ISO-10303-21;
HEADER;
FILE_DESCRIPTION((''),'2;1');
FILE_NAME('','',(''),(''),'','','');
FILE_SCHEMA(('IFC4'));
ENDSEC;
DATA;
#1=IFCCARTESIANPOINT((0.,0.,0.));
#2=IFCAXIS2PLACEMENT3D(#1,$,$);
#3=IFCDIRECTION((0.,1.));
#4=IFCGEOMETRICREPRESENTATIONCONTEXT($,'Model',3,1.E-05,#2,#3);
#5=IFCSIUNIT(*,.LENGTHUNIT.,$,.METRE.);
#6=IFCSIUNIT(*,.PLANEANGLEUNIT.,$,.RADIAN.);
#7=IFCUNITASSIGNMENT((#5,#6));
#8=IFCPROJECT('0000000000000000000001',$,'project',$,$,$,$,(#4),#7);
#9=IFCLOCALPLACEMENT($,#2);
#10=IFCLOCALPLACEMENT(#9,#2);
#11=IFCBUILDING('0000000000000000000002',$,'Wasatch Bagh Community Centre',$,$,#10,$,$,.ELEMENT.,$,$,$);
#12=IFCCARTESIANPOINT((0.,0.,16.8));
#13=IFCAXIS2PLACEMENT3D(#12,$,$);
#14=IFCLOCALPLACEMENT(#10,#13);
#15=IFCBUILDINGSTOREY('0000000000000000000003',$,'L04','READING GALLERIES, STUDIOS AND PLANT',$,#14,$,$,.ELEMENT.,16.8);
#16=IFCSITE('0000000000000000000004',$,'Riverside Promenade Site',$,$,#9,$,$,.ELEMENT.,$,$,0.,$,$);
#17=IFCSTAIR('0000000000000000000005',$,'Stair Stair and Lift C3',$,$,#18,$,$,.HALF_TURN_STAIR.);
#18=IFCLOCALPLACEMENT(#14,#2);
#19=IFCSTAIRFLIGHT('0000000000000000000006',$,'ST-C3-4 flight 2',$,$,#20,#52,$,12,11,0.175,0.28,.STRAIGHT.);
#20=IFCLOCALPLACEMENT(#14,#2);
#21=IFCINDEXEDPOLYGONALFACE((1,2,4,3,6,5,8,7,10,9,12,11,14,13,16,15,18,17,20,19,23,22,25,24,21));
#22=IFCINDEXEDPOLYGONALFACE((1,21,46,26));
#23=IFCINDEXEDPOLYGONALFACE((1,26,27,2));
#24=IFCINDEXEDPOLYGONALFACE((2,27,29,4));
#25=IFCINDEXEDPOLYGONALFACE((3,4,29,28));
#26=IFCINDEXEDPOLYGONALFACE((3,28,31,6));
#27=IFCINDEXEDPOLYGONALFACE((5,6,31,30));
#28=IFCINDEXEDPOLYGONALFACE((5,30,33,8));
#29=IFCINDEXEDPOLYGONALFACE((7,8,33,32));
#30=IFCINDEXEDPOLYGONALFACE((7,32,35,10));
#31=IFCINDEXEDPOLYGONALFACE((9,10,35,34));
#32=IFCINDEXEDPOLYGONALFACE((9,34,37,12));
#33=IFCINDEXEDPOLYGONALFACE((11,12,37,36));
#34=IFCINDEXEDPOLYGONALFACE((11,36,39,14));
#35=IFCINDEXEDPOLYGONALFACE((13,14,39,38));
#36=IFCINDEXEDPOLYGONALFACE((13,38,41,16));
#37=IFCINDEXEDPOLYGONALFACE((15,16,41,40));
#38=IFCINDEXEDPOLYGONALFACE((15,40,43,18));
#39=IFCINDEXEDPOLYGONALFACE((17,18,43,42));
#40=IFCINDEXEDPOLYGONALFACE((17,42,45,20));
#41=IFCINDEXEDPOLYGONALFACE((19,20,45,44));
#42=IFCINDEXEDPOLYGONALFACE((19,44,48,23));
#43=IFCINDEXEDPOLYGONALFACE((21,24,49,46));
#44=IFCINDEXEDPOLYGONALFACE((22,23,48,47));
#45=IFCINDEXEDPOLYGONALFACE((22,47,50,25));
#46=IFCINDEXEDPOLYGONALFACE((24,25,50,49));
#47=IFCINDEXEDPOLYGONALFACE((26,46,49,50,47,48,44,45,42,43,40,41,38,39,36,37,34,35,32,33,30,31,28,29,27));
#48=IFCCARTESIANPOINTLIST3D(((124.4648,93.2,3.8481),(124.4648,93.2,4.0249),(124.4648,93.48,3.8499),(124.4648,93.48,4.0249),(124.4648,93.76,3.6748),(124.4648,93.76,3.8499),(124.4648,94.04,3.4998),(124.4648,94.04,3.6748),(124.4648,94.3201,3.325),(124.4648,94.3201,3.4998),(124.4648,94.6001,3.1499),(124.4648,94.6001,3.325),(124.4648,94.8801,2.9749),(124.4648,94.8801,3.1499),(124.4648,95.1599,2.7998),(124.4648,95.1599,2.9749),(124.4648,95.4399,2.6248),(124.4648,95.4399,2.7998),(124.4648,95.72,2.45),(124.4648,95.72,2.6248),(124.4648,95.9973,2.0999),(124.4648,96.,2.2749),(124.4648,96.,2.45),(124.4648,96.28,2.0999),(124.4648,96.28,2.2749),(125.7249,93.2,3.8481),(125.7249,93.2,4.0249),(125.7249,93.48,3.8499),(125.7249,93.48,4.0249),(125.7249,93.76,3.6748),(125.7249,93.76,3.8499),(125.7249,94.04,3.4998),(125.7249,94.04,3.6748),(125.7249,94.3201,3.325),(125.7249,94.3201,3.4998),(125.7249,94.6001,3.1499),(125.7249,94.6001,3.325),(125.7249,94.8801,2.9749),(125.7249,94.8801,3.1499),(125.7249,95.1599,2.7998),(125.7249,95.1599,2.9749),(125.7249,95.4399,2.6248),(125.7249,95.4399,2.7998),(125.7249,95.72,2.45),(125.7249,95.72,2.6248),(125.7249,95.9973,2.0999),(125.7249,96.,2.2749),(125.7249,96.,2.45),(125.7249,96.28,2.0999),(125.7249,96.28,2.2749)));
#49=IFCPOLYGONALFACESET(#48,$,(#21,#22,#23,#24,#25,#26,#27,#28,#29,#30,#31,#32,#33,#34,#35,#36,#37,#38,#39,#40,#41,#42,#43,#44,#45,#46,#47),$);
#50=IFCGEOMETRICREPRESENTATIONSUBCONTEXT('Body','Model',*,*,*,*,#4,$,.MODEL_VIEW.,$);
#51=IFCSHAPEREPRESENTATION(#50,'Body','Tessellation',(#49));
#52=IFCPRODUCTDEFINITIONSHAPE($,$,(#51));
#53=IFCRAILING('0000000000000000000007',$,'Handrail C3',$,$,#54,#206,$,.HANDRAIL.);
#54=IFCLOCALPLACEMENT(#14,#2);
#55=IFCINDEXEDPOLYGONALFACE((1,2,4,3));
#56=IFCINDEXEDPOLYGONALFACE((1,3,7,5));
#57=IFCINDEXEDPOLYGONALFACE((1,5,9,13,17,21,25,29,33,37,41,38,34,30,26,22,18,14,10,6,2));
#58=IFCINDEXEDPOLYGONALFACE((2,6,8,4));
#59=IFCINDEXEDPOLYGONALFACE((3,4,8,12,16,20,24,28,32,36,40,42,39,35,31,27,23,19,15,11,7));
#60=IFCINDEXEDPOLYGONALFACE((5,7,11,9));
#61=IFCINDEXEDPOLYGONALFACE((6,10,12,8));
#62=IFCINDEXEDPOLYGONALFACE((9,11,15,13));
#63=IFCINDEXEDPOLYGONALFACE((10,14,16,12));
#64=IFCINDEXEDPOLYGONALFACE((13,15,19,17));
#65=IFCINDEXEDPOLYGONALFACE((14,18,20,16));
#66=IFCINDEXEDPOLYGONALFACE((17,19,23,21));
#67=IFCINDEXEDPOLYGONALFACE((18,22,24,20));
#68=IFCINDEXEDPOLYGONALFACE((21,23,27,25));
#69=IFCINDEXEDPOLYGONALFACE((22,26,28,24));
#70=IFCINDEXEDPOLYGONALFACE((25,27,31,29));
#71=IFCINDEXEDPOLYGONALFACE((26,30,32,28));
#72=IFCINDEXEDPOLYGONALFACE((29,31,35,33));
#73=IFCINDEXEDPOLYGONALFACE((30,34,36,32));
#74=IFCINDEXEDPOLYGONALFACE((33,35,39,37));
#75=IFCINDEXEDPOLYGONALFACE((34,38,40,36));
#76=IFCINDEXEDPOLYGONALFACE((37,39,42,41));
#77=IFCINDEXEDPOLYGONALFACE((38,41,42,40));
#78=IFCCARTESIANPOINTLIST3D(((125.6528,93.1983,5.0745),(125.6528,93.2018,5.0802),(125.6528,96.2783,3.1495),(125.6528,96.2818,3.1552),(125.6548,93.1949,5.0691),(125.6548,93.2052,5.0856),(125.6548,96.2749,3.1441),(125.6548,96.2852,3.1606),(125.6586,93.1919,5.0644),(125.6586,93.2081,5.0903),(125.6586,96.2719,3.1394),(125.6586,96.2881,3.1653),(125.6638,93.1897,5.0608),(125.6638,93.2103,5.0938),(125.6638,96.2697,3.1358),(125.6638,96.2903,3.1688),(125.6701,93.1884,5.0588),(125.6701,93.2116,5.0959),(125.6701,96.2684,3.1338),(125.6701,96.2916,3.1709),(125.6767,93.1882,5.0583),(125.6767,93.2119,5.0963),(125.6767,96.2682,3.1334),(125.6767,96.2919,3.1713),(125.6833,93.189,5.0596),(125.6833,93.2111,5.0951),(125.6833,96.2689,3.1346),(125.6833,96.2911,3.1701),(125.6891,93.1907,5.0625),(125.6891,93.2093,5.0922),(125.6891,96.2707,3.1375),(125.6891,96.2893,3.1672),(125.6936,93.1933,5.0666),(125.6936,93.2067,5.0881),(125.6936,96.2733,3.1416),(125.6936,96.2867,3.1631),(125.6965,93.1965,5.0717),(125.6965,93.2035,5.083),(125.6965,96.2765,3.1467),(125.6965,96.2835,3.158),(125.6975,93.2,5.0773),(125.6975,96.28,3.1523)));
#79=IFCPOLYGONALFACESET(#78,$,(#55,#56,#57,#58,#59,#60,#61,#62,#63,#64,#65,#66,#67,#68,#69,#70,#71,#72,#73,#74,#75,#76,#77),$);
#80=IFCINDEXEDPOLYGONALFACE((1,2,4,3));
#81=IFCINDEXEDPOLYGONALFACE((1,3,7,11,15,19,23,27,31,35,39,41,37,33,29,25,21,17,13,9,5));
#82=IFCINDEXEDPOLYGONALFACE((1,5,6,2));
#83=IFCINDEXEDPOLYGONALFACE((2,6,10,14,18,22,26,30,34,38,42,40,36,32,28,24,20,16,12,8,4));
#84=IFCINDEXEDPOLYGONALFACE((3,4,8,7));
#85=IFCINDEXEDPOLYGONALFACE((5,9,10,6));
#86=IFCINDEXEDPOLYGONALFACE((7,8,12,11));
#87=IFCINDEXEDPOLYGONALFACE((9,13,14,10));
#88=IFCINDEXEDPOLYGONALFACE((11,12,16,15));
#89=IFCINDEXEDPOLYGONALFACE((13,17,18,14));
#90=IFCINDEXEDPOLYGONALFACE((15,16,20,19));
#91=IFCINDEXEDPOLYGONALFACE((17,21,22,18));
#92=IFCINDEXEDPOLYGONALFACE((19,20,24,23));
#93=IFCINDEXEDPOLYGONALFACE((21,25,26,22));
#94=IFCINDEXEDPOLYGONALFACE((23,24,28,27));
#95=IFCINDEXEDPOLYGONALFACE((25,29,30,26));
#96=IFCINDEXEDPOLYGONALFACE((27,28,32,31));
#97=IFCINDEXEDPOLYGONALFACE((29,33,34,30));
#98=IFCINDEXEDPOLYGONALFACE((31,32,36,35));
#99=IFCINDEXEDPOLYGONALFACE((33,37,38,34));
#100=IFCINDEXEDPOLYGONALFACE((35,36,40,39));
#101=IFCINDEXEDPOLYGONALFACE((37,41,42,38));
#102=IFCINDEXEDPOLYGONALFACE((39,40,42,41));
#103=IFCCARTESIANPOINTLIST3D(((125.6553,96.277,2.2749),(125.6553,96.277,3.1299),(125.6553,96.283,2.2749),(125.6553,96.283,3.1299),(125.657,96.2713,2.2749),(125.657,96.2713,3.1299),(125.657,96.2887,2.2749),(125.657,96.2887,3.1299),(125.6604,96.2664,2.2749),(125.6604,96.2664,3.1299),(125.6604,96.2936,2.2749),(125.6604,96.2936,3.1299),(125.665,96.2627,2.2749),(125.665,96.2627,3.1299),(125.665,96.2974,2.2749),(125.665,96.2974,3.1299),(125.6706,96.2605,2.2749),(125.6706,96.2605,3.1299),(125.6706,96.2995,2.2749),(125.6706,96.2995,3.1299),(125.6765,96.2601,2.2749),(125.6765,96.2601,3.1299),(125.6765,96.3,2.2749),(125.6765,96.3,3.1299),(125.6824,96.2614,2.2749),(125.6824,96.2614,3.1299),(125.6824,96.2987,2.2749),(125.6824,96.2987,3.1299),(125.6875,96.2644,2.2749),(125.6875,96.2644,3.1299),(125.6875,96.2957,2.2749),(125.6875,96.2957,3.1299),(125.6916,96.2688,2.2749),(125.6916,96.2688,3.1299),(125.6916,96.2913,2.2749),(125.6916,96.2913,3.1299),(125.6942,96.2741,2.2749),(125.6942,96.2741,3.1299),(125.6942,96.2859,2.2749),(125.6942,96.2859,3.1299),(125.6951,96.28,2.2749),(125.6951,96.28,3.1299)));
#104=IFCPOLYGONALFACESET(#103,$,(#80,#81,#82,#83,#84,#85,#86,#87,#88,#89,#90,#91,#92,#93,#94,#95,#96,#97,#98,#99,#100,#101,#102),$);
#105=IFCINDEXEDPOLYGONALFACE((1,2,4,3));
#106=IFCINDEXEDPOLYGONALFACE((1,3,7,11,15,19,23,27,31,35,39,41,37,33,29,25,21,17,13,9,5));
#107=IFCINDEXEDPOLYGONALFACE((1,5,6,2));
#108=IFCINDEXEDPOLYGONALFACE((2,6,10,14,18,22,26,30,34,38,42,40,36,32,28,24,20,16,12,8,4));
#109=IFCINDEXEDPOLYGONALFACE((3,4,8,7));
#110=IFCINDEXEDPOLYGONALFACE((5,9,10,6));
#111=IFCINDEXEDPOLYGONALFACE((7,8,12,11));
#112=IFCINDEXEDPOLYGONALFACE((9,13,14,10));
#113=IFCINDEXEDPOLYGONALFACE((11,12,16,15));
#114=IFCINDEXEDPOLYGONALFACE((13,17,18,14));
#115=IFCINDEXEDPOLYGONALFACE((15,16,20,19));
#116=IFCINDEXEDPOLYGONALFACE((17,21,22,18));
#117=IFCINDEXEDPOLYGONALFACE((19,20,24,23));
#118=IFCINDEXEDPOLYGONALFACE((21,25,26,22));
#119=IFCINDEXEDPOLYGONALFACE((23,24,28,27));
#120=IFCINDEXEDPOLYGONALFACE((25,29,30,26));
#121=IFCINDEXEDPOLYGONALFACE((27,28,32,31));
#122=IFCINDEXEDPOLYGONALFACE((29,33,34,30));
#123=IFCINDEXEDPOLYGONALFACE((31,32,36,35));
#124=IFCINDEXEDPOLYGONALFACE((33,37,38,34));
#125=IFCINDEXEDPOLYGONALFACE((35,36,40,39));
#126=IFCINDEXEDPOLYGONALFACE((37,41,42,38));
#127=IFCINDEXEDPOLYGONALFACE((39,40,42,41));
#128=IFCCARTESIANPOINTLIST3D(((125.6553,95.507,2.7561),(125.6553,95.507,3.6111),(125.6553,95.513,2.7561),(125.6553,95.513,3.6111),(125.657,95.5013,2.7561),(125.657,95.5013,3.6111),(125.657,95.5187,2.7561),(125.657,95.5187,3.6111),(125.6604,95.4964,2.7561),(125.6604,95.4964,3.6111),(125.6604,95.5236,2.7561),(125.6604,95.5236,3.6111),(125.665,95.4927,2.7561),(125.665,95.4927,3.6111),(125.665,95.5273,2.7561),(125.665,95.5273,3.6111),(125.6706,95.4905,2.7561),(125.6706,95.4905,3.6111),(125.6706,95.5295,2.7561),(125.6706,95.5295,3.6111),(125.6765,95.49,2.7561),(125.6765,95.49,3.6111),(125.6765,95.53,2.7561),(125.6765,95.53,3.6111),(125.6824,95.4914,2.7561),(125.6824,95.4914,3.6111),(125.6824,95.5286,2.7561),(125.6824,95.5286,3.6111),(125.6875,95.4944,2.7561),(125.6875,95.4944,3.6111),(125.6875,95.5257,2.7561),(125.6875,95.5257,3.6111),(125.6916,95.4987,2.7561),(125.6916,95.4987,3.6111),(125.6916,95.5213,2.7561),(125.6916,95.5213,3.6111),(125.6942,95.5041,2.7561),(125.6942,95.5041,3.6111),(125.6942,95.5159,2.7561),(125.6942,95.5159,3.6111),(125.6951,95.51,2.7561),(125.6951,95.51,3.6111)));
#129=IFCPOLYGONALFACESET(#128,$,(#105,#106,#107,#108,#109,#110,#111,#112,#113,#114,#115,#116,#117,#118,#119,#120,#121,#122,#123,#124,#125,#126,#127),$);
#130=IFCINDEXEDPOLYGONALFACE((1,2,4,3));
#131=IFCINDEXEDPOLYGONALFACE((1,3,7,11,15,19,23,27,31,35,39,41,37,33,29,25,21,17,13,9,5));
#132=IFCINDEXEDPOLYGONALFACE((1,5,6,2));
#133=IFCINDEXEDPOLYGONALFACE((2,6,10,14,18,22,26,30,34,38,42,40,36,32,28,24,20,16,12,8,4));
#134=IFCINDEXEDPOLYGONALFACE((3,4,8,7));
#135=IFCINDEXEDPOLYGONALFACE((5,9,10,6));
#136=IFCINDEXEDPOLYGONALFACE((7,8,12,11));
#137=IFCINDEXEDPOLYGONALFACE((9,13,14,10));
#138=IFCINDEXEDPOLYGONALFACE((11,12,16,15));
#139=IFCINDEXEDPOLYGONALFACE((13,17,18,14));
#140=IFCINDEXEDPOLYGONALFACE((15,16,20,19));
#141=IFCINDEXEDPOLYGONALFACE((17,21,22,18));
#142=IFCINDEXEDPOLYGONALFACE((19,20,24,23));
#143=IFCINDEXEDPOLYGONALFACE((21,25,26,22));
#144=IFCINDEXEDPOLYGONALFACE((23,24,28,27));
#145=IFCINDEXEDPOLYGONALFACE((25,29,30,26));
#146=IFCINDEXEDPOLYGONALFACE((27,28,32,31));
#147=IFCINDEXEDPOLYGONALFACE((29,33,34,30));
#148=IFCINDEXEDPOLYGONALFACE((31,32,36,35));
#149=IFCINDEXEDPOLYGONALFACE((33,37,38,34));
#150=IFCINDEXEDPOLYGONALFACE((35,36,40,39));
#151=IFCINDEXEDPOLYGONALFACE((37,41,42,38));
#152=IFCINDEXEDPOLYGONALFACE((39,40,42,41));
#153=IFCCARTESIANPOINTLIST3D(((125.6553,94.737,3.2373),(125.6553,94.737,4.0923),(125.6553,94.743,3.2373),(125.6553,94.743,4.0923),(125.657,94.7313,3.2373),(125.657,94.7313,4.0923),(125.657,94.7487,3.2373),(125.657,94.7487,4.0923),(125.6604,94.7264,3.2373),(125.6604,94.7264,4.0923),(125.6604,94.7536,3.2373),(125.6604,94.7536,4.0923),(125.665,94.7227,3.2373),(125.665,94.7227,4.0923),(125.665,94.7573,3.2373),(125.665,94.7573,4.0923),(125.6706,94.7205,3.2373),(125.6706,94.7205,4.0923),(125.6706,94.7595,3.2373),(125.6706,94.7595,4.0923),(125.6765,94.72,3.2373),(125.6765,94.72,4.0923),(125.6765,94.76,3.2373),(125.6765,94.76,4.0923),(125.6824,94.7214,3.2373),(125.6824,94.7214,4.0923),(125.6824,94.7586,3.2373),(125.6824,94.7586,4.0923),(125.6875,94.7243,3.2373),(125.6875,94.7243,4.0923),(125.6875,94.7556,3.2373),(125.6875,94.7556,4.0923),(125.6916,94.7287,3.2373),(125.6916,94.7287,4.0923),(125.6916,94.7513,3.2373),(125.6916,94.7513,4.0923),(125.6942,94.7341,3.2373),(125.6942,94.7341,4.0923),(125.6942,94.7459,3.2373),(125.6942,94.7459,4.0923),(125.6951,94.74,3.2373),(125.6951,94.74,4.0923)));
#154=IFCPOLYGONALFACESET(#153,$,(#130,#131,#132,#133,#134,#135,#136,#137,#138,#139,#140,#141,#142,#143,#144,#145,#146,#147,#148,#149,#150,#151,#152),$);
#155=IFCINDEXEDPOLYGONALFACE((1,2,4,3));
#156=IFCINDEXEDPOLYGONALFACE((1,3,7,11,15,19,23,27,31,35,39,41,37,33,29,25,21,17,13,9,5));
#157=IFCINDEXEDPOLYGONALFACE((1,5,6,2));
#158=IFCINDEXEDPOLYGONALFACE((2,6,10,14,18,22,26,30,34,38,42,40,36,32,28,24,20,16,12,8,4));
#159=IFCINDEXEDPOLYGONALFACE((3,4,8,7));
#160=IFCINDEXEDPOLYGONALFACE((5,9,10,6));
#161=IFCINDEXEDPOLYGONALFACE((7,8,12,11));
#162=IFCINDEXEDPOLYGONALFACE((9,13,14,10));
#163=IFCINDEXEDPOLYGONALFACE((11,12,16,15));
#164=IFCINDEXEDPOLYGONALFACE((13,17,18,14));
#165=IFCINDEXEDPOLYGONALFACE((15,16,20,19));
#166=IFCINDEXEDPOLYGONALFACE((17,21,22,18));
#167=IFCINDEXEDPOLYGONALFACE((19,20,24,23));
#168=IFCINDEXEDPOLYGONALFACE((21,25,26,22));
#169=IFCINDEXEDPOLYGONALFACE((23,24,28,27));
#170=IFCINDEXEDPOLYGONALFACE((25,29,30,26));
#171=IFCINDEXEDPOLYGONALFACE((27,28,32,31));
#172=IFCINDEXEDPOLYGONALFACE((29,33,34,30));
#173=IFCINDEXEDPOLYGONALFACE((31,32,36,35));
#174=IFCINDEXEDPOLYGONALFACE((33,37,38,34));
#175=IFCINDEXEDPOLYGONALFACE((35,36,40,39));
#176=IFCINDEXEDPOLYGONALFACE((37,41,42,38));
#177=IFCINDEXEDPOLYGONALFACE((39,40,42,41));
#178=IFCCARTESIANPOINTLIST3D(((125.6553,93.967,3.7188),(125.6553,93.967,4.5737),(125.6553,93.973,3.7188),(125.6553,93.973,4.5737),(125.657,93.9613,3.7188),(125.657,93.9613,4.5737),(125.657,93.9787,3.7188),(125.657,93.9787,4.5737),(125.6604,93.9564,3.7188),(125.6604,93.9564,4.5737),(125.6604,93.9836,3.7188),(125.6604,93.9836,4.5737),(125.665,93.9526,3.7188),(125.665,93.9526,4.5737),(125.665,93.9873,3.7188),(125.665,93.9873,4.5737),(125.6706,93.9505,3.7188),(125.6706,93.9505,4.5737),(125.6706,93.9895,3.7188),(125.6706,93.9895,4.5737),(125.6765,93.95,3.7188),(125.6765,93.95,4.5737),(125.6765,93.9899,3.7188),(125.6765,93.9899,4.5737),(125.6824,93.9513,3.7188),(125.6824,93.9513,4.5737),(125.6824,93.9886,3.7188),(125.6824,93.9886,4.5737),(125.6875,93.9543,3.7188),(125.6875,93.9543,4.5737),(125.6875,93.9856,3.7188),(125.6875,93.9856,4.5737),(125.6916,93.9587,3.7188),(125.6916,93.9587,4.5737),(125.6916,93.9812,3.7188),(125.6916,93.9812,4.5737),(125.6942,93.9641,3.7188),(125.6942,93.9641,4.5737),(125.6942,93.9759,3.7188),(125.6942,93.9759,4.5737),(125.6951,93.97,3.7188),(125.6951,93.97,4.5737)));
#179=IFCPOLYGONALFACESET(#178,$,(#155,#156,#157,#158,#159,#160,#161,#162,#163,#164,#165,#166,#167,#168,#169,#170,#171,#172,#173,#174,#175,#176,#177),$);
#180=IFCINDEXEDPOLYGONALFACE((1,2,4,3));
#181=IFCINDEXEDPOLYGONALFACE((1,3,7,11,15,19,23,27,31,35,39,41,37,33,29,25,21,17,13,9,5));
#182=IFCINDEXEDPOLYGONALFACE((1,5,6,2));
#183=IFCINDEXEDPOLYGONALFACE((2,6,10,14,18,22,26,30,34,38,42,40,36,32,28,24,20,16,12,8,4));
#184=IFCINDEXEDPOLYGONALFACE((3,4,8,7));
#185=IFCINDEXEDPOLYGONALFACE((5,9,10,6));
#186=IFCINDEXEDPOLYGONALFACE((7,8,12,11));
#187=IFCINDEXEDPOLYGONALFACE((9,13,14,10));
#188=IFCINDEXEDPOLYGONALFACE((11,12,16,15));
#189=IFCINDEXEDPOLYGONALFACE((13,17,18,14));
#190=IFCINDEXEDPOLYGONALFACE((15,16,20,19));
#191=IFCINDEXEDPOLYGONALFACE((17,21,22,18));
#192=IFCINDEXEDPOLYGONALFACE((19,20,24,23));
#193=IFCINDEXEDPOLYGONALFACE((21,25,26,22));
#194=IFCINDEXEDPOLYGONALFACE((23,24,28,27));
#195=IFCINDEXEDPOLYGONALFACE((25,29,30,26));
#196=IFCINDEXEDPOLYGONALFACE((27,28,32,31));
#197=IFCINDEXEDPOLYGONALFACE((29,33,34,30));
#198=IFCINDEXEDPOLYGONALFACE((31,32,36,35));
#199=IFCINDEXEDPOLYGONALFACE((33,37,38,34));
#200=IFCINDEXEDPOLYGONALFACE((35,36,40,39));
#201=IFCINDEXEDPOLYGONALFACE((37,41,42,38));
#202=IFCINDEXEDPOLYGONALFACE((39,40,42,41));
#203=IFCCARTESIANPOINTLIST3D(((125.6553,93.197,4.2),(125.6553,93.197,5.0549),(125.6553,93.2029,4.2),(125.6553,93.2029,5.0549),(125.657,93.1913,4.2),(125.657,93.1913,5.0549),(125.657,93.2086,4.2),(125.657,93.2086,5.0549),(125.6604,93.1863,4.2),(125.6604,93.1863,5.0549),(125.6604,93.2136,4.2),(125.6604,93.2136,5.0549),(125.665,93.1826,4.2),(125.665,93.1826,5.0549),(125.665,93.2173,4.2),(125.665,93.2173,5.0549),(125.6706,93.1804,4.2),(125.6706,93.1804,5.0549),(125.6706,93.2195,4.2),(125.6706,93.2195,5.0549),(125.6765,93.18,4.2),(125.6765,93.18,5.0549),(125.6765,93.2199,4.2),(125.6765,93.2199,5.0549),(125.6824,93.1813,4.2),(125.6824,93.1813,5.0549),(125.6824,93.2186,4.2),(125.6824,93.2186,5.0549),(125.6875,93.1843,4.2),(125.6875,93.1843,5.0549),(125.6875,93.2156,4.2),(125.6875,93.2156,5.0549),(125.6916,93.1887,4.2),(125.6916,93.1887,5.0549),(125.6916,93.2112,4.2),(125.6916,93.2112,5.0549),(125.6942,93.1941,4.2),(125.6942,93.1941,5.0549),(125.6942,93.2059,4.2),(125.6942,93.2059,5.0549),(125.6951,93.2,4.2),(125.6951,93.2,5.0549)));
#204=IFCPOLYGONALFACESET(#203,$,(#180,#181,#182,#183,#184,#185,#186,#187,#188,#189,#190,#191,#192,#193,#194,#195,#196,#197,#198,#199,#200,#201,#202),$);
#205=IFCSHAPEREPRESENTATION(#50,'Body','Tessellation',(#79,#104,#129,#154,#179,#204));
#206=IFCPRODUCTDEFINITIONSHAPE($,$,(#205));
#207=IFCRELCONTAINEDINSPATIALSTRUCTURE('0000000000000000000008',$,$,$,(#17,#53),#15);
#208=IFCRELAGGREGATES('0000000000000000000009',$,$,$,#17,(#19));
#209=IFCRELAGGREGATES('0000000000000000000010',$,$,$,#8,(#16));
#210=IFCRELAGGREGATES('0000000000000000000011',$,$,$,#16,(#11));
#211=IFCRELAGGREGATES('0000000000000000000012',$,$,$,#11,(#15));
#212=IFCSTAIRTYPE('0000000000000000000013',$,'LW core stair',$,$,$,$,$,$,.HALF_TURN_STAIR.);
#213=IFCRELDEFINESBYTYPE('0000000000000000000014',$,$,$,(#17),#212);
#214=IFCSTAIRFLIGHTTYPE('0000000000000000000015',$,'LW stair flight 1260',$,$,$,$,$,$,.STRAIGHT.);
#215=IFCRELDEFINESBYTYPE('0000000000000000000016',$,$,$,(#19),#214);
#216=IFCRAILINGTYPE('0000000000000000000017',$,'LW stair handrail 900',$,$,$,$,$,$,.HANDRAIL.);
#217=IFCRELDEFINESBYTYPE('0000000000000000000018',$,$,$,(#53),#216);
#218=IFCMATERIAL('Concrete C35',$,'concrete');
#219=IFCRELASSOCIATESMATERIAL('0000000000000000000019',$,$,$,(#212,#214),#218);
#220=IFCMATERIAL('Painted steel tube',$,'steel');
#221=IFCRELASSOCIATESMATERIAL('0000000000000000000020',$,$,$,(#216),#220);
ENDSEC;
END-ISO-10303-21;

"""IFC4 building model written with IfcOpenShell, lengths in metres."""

from ifc_helpers import new_model, si_unit, direction, frame, origin, origin_2d, place, context, subcontext, project, spatial, polyline, circle, outline, extrude, material, type_object, element, aggregate, save


model = new_model("IFC4")

# Units and contexts
model_context = context("Model", 3, precision=1e-05, world=origin(), true_north=direction((0.0, 1.0)))
body_context = subcontext(model_context, "Body", "Model", "MODEL_VIEW")
ifc_project = project(units=[si_unit("LENGTHUNIT", "METRE"), si_unit("PLANEANGLEUNIT", "RADIAN")], contexts=[model_context])

# Site, building, storey
site_placement = place(None, origin())
site = spatial("IfcSite", under=ifc_project, at=site_placement, Name="Riverside Promenade Site", CompositionType="ELEMENT", RefElevation=0.0)
building_placement = place(site_placement, origin())
building = spatial("IfcBuilding", under=site, at=building_placement, Name="Wasatch Bagh Community Centre", CompositionType="ELEMENT")
storey_placement = place(building_placement, frame((0.0, 0.0, 16.8)))
storey = spatial("IfcBuildingStorey", under=building, at=storey_placement, Name="L04", Description="READING GALLERIES, STUDIOS AND PLANT", CompositionType="ELEMENT", Elevation=16.8)

# Shared definitions
ifc_material_1 = material(Name="Concrete C35", Category="concrete")

# Stair, stair flight
stair_type = type_object("IfcStairType", Name="LW core stair", PredefinedType="HALF_TURN_STAIR", material=ifc_material_1)
stair_placement = place(storey_placement, origin())
stair = element("IfcStair", 1, at=stair_placement, inside=storey, type_object=stair_type, Name="Stair Stair and Lift C3", PredefinedType="HALF_TURN_STAIR")
stair_flight_type = type_object("IfcStairFlightType", Name="LW stair flight 1260", PredefinedType="STRAIGHT", material=ifc_material_1)
stair_flight_placement = place(storey_placement, frame((125.095, 96.28, 2.0999), z_axis=(0.0, 0.0, 1.0), x_axis=(0.0, -1.0, 0.0)))
stair_flight = element("IfcStairFlight", 2, at=stair_flight_placement, type_object=stair_flight_type, Name="ST-C3-4 flight 2", NumberOfRisers=12, NumberOfTreads=11, PredefinedType="STRAIGHT", RiserHeight=0.175, TreadLength=0.28, context=body_context, shape_type="SweptSolid", body=[
    extrude(outline(polyline([(0.0, 0.0), (0.0, 0.175), (0.28, 0.175), (0.28, 0.3501), (0.5601, 0.3501), (0.5601, 0.5249), (0.8401, 0.5249), (0.8401, 0.7), (1.1201, 0.7), (1.1201, 0.875), (1.3999, 0.875), (1.3999, 1.05), (1.6799, 1.05), (1.6799, 1.2251), (1.96, 1.2251), (1.96, 1.3999), (2.24, 1.3999), (2.24, 1.575), (2.52, 1.575), (2.52, 1.75), (2.8, 1.75), (2.8, 1.925), (3.0801, 1.925), (3.0801, 2.1001), (3.0801, 1.7483), (0.2827, 0.0), (0.0, 0.0)])), frame((0.0, 0.6299, 0.0), z_axis=(0.0, -1.0, 0.0), x_axis=(1.0, 0.0, 0.0)), (0.0, 0.0, 1.0), 1.26),
])
aggregate(stair, [stair_flight])

# Railing
ifc_material_2 = material(Name="Painted steel tube", Category="steel")
railing_type = type_object("IfcRailingType", Name="LW stair handrail 900", PredefinedType="HANDRAIL", material=ifc_material_2)
railing_placement = place(storey_placement, frame((125.675, 96.28, 2.2749)))
element("IfcRailing", 3, at=railing_placement, inside=storey, type_object=railing_type, Name="Handrail C3", PredefinedType="HANDRAIL", context=body_context, shape_type="SweptSolid", body=[
    extrude(circle(Radius=0.0225, at=origin_2d()), frame((0.0, 0.0, 0.8774), z_axis=(0.0, -0.847998, 0.529999), x_axis=(1.0, 0.0, 0.0)), (0.0, 0.0, 1.0), 3.6321),
    extrude(circle(Radius=0.02, at=origin_2d()), origin(), (0.0, 0.0, 1.0), 0.855),
    extrude(circle(Radius=0.02, at=origin_2d()), frame((0.0, -0.77, 0.4812)), (0.0, 0.0, 1.0), 0.855),
    extrude(circle(Radius=0.02, at=origin_2d()), frame((0.0, -1.54, 0.9624)), (0.0, 0.0, 1.0), 0.855),
    extrude(circle(Radius=0.02, at=origin_2d()), frame((0.0, -2.3101, 1.4438)), (0.0, 0.0, 1.0), 0.855),
    extrude(circle(Radius=0.02, at=origin_2d()), frame((0.0, -3.0801, 1.925)), (0.0, 0.0, 1.0), 0.855),
])

save(model, "model.ifc")
